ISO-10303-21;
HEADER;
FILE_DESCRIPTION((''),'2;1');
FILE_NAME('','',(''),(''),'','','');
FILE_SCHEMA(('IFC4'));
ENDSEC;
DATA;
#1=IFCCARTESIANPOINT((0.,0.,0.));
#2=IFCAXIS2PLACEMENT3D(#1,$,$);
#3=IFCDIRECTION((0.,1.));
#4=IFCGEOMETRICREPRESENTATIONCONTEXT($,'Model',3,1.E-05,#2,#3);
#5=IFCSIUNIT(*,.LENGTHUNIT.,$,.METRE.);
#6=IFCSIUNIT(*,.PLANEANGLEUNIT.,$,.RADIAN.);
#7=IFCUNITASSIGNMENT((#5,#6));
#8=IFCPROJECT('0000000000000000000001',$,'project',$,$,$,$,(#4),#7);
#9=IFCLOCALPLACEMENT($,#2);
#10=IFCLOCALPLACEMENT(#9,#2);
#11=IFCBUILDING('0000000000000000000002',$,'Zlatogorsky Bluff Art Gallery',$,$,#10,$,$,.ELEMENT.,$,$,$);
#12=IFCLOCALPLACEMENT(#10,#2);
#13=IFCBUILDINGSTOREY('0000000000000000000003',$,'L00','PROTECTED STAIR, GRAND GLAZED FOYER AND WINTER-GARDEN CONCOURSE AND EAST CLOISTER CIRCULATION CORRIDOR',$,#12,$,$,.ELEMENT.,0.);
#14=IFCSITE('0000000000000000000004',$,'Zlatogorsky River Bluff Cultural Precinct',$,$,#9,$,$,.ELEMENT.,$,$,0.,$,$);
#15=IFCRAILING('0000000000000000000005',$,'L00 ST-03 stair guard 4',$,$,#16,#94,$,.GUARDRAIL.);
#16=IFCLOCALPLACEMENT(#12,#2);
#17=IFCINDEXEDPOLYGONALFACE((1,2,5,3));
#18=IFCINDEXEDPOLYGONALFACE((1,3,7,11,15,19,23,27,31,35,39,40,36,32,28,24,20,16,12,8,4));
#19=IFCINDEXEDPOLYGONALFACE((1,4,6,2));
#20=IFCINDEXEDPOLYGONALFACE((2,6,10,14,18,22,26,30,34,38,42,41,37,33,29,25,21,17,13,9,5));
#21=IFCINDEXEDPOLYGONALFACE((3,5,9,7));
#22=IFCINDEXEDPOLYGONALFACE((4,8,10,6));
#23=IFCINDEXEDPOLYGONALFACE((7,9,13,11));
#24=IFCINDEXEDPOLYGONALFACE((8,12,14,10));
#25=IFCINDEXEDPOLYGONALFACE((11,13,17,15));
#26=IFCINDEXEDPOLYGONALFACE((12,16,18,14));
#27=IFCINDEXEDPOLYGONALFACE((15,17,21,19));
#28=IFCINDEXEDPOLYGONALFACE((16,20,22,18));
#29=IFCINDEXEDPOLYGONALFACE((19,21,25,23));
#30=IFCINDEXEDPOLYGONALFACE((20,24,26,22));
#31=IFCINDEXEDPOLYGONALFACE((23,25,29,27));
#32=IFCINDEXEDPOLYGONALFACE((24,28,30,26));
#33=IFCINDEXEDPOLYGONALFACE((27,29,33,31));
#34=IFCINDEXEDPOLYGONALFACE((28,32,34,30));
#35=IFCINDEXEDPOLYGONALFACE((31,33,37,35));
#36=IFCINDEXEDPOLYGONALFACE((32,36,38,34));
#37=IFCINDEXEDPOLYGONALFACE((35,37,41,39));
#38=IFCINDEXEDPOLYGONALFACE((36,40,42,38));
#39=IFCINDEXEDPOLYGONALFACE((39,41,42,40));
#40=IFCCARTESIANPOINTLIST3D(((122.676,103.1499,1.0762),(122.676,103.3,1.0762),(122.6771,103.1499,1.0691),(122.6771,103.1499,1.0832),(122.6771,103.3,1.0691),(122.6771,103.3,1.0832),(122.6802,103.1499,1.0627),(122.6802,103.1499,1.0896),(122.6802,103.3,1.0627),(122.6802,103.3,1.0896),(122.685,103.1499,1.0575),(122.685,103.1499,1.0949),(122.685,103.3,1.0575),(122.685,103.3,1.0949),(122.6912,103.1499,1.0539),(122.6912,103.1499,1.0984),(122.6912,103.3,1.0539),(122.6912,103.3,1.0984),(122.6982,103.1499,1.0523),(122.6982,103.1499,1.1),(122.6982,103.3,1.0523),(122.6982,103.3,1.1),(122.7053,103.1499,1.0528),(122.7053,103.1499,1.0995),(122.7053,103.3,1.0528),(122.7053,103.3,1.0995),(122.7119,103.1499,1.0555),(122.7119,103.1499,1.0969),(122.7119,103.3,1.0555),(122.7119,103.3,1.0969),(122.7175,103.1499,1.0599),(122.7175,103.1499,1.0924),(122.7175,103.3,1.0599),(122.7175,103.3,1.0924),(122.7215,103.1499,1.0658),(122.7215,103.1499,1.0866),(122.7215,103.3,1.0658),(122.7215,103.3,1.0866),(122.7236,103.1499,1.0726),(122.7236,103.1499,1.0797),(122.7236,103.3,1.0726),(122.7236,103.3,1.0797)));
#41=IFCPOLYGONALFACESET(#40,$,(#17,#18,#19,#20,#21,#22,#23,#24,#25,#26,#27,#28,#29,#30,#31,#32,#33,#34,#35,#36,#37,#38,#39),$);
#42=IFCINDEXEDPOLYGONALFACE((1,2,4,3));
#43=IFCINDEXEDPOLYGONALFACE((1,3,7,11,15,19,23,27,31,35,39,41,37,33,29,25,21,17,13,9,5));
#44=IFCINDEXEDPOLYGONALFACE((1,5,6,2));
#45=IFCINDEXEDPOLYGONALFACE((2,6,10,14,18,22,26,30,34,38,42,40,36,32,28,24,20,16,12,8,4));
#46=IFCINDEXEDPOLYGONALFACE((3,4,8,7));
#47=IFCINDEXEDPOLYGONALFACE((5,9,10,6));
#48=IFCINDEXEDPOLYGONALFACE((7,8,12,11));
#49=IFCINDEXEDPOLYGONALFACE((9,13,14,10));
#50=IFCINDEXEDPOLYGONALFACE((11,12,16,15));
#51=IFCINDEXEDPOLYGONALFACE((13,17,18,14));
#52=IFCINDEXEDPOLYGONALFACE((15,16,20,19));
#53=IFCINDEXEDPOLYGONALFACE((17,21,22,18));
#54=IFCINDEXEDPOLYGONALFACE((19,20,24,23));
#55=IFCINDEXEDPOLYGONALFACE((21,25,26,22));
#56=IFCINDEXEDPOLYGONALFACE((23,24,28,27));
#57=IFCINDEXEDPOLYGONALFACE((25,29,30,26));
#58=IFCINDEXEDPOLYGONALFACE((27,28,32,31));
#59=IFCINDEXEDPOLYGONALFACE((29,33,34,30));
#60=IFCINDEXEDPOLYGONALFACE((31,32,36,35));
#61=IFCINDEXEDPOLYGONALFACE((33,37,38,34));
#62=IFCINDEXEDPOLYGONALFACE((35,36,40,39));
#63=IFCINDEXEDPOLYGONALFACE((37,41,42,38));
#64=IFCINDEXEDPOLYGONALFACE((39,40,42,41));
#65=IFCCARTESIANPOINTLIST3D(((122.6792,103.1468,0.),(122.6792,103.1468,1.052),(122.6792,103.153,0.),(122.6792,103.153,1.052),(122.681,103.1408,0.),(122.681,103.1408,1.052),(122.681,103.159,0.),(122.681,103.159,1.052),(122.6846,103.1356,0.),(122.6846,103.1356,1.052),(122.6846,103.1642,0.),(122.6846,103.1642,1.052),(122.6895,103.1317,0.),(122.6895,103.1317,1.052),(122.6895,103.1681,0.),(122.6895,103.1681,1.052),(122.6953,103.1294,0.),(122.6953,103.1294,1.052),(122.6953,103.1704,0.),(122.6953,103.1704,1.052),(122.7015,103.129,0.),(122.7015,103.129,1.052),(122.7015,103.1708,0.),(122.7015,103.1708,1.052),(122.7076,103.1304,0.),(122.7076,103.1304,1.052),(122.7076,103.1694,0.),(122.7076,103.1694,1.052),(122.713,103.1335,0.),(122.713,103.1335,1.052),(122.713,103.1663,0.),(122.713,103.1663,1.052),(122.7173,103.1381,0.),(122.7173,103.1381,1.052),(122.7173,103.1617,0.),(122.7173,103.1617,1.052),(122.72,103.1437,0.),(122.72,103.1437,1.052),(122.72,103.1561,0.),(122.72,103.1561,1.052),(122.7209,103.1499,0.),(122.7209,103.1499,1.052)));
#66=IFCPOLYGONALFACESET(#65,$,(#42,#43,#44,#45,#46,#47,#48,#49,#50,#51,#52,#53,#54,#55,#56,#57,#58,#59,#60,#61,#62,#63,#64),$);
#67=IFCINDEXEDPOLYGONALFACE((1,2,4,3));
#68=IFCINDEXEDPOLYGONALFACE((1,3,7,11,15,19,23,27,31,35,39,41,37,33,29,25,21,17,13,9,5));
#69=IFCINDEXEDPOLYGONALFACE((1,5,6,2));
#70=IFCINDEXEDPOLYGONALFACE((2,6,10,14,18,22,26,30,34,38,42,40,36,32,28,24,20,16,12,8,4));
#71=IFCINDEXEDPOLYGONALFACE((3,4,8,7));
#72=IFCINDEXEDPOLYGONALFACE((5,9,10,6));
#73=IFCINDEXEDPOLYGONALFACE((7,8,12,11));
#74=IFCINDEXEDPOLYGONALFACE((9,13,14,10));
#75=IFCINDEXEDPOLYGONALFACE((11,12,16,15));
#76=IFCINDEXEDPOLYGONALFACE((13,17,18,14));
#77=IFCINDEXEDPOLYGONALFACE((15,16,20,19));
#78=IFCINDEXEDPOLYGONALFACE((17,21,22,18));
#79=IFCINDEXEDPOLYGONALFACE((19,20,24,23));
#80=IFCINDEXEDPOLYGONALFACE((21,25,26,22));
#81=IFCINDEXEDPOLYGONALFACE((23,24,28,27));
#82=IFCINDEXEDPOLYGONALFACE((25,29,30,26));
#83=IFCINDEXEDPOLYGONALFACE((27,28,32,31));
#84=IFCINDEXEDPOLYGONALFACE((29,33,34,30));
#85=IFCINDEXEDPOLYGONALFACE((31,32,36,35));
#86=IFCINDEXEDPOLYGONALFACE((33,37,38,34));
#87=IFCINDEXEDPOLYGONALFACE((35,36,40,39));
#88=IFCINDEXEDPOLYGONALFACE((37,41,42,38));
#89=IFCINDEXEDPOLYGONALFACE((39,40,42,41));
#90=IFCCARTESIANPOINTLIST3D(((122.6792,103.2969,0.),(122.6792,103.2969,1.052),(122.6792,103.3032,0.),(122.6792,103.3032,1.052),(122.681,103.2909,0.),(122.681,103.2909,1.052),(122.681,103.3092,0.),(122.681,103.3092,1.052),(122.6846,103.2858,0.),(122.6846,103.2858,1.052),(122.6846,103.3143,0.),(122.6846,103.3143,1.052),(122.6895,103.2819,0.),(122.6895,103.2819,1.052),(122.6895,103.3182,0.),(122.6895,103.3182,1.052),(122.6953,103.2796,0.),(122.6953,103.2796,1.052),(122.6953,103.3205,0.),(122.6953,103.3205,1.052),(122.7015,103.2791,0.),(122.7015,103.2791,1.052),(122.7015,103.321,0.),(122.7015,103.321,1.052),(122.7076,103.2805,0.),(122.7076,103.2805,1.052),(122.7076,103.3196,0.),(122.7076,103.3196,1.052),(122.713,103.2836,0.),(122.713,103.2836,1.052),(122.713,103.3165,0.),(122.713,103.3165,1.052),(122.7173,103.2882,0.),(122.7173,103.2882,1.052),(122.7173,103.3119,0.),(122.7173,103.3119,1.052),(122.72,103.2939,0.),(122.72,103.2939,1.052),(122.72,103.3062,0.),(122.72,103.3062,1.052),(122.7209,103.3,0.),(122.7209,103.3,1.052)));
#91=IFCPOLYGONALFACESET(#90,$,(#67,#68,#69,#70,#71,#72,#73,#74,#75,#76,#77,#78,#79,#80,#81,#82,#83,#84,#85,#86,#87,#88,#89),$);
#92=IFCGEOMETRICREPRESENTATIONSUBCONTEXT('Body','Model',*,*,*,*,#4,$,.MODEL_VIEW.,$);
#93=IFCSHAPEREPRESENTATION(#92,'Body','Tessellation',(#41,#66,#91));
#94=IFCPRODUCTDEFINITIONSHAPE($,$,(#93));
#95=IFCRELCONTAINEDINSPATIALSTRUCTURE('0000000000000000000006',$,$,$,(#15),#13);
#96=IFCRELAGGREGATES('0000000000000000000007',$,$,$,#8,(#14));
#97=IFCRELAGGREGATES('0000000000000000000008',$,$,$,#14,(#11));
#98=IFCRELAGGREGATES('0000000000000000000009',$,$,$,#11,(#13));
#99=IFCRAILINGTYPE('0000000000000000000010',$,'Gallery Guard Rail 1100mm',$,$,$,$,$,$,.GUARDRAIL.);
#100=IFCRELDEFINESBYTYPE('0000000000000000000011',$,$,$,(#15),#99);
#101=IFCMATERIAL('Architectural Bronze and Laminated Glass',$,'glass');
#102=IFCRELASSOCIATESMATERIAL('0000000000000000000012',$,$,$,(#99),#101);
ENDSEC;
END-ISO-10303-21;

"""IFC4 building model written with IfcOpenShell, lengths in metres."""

from ifc_helpers import new_model, si_unit, direction, frame, origin, origin_2d, place, context, subcontext, project, spatial, circle, extrude, material, type_object, element, save


model = new_model("IFC4")

# Units and contexts
model_context = context("Model", 3, precision=1e-05, world=origin(), true_north=direction((0.0, 1.0)))
body_context = subcontext(model_context, "Body", "Model", "MODEL_VIEW")
ifc_project = project(units=[si_unit("LENGTHUNIT", "METRE"), si_unit("PLANEANGLEUNIT", "RADIAN")], contexts=[model_context])

# Site, building, storey
site_placement = place(None, origin())
site = spatial("IfcSite", under=ifc_project, at=site_placement, Name="Zlatogorsky River Bluff Cultural Precinct", CompositionType="ELEMENT", RefElevation=0.0)
building_placement = place(site_placement, origin())
building = spatial("IfcBuilding", under=site, at=building_placement, Name="Zlatogorsky Bluff Art Gallery", CompositionType="ELEMENT")
storey_placement = place(building_placement, origin())
storey = spatial("IfcBuildingStorey", under=building, at=storey_placement, Name="L00", Description="PROTECTED STAIR, GRAND GLAZED FOYER AND WINTER-GARDEN CONCOURSE AND EAST CLOISTER CIRCULATION CORRIDOR", CompositionType="ELEMENT", Elevation=0.0)

# Railing
ifc_material_1 = material(Name="Architectural Bronze and Laminated Glass", Category="glass")
railing_type = type_object("IfcRailingType", Name="Gallery Guard Rail 1100mm", PredefinedType="GUARDRAIL", material=ifc_material_1)
railing_1_placement = place(storey_placement, frame((122.7, 103.1499, 0.0)))
element("IfcRailing", 1, at=railing_1_placement, inside=storey, type_object=railing_type, Name="L00 ST-03 stair guard 4", PredefinedType="GUARDRAIL", context=body_context, shape_type="SweptSolid", body=[
    extrude(circle(Radius=0.0239, at=origin_2d()), frame((0.0, 0.0, 1.0762), z_axis=(0.0, 1.0, 0.0), x_axis=(-1.0, 0.0, 0.0)), (0.0, 0.0, 1.0), 0.1501),
    extrude(circle(Radius=0.021, at=origin_2d()), origin(), (0.0, 0.0, 1.0), 1.052),
    extrude(circle(Radius=0.021, at=origin_2d()), frame((0.0, 0.1501, 0.0)), (0.0, 0.0, 1.0), 1.052),
])

save(model, "model.ifc")
